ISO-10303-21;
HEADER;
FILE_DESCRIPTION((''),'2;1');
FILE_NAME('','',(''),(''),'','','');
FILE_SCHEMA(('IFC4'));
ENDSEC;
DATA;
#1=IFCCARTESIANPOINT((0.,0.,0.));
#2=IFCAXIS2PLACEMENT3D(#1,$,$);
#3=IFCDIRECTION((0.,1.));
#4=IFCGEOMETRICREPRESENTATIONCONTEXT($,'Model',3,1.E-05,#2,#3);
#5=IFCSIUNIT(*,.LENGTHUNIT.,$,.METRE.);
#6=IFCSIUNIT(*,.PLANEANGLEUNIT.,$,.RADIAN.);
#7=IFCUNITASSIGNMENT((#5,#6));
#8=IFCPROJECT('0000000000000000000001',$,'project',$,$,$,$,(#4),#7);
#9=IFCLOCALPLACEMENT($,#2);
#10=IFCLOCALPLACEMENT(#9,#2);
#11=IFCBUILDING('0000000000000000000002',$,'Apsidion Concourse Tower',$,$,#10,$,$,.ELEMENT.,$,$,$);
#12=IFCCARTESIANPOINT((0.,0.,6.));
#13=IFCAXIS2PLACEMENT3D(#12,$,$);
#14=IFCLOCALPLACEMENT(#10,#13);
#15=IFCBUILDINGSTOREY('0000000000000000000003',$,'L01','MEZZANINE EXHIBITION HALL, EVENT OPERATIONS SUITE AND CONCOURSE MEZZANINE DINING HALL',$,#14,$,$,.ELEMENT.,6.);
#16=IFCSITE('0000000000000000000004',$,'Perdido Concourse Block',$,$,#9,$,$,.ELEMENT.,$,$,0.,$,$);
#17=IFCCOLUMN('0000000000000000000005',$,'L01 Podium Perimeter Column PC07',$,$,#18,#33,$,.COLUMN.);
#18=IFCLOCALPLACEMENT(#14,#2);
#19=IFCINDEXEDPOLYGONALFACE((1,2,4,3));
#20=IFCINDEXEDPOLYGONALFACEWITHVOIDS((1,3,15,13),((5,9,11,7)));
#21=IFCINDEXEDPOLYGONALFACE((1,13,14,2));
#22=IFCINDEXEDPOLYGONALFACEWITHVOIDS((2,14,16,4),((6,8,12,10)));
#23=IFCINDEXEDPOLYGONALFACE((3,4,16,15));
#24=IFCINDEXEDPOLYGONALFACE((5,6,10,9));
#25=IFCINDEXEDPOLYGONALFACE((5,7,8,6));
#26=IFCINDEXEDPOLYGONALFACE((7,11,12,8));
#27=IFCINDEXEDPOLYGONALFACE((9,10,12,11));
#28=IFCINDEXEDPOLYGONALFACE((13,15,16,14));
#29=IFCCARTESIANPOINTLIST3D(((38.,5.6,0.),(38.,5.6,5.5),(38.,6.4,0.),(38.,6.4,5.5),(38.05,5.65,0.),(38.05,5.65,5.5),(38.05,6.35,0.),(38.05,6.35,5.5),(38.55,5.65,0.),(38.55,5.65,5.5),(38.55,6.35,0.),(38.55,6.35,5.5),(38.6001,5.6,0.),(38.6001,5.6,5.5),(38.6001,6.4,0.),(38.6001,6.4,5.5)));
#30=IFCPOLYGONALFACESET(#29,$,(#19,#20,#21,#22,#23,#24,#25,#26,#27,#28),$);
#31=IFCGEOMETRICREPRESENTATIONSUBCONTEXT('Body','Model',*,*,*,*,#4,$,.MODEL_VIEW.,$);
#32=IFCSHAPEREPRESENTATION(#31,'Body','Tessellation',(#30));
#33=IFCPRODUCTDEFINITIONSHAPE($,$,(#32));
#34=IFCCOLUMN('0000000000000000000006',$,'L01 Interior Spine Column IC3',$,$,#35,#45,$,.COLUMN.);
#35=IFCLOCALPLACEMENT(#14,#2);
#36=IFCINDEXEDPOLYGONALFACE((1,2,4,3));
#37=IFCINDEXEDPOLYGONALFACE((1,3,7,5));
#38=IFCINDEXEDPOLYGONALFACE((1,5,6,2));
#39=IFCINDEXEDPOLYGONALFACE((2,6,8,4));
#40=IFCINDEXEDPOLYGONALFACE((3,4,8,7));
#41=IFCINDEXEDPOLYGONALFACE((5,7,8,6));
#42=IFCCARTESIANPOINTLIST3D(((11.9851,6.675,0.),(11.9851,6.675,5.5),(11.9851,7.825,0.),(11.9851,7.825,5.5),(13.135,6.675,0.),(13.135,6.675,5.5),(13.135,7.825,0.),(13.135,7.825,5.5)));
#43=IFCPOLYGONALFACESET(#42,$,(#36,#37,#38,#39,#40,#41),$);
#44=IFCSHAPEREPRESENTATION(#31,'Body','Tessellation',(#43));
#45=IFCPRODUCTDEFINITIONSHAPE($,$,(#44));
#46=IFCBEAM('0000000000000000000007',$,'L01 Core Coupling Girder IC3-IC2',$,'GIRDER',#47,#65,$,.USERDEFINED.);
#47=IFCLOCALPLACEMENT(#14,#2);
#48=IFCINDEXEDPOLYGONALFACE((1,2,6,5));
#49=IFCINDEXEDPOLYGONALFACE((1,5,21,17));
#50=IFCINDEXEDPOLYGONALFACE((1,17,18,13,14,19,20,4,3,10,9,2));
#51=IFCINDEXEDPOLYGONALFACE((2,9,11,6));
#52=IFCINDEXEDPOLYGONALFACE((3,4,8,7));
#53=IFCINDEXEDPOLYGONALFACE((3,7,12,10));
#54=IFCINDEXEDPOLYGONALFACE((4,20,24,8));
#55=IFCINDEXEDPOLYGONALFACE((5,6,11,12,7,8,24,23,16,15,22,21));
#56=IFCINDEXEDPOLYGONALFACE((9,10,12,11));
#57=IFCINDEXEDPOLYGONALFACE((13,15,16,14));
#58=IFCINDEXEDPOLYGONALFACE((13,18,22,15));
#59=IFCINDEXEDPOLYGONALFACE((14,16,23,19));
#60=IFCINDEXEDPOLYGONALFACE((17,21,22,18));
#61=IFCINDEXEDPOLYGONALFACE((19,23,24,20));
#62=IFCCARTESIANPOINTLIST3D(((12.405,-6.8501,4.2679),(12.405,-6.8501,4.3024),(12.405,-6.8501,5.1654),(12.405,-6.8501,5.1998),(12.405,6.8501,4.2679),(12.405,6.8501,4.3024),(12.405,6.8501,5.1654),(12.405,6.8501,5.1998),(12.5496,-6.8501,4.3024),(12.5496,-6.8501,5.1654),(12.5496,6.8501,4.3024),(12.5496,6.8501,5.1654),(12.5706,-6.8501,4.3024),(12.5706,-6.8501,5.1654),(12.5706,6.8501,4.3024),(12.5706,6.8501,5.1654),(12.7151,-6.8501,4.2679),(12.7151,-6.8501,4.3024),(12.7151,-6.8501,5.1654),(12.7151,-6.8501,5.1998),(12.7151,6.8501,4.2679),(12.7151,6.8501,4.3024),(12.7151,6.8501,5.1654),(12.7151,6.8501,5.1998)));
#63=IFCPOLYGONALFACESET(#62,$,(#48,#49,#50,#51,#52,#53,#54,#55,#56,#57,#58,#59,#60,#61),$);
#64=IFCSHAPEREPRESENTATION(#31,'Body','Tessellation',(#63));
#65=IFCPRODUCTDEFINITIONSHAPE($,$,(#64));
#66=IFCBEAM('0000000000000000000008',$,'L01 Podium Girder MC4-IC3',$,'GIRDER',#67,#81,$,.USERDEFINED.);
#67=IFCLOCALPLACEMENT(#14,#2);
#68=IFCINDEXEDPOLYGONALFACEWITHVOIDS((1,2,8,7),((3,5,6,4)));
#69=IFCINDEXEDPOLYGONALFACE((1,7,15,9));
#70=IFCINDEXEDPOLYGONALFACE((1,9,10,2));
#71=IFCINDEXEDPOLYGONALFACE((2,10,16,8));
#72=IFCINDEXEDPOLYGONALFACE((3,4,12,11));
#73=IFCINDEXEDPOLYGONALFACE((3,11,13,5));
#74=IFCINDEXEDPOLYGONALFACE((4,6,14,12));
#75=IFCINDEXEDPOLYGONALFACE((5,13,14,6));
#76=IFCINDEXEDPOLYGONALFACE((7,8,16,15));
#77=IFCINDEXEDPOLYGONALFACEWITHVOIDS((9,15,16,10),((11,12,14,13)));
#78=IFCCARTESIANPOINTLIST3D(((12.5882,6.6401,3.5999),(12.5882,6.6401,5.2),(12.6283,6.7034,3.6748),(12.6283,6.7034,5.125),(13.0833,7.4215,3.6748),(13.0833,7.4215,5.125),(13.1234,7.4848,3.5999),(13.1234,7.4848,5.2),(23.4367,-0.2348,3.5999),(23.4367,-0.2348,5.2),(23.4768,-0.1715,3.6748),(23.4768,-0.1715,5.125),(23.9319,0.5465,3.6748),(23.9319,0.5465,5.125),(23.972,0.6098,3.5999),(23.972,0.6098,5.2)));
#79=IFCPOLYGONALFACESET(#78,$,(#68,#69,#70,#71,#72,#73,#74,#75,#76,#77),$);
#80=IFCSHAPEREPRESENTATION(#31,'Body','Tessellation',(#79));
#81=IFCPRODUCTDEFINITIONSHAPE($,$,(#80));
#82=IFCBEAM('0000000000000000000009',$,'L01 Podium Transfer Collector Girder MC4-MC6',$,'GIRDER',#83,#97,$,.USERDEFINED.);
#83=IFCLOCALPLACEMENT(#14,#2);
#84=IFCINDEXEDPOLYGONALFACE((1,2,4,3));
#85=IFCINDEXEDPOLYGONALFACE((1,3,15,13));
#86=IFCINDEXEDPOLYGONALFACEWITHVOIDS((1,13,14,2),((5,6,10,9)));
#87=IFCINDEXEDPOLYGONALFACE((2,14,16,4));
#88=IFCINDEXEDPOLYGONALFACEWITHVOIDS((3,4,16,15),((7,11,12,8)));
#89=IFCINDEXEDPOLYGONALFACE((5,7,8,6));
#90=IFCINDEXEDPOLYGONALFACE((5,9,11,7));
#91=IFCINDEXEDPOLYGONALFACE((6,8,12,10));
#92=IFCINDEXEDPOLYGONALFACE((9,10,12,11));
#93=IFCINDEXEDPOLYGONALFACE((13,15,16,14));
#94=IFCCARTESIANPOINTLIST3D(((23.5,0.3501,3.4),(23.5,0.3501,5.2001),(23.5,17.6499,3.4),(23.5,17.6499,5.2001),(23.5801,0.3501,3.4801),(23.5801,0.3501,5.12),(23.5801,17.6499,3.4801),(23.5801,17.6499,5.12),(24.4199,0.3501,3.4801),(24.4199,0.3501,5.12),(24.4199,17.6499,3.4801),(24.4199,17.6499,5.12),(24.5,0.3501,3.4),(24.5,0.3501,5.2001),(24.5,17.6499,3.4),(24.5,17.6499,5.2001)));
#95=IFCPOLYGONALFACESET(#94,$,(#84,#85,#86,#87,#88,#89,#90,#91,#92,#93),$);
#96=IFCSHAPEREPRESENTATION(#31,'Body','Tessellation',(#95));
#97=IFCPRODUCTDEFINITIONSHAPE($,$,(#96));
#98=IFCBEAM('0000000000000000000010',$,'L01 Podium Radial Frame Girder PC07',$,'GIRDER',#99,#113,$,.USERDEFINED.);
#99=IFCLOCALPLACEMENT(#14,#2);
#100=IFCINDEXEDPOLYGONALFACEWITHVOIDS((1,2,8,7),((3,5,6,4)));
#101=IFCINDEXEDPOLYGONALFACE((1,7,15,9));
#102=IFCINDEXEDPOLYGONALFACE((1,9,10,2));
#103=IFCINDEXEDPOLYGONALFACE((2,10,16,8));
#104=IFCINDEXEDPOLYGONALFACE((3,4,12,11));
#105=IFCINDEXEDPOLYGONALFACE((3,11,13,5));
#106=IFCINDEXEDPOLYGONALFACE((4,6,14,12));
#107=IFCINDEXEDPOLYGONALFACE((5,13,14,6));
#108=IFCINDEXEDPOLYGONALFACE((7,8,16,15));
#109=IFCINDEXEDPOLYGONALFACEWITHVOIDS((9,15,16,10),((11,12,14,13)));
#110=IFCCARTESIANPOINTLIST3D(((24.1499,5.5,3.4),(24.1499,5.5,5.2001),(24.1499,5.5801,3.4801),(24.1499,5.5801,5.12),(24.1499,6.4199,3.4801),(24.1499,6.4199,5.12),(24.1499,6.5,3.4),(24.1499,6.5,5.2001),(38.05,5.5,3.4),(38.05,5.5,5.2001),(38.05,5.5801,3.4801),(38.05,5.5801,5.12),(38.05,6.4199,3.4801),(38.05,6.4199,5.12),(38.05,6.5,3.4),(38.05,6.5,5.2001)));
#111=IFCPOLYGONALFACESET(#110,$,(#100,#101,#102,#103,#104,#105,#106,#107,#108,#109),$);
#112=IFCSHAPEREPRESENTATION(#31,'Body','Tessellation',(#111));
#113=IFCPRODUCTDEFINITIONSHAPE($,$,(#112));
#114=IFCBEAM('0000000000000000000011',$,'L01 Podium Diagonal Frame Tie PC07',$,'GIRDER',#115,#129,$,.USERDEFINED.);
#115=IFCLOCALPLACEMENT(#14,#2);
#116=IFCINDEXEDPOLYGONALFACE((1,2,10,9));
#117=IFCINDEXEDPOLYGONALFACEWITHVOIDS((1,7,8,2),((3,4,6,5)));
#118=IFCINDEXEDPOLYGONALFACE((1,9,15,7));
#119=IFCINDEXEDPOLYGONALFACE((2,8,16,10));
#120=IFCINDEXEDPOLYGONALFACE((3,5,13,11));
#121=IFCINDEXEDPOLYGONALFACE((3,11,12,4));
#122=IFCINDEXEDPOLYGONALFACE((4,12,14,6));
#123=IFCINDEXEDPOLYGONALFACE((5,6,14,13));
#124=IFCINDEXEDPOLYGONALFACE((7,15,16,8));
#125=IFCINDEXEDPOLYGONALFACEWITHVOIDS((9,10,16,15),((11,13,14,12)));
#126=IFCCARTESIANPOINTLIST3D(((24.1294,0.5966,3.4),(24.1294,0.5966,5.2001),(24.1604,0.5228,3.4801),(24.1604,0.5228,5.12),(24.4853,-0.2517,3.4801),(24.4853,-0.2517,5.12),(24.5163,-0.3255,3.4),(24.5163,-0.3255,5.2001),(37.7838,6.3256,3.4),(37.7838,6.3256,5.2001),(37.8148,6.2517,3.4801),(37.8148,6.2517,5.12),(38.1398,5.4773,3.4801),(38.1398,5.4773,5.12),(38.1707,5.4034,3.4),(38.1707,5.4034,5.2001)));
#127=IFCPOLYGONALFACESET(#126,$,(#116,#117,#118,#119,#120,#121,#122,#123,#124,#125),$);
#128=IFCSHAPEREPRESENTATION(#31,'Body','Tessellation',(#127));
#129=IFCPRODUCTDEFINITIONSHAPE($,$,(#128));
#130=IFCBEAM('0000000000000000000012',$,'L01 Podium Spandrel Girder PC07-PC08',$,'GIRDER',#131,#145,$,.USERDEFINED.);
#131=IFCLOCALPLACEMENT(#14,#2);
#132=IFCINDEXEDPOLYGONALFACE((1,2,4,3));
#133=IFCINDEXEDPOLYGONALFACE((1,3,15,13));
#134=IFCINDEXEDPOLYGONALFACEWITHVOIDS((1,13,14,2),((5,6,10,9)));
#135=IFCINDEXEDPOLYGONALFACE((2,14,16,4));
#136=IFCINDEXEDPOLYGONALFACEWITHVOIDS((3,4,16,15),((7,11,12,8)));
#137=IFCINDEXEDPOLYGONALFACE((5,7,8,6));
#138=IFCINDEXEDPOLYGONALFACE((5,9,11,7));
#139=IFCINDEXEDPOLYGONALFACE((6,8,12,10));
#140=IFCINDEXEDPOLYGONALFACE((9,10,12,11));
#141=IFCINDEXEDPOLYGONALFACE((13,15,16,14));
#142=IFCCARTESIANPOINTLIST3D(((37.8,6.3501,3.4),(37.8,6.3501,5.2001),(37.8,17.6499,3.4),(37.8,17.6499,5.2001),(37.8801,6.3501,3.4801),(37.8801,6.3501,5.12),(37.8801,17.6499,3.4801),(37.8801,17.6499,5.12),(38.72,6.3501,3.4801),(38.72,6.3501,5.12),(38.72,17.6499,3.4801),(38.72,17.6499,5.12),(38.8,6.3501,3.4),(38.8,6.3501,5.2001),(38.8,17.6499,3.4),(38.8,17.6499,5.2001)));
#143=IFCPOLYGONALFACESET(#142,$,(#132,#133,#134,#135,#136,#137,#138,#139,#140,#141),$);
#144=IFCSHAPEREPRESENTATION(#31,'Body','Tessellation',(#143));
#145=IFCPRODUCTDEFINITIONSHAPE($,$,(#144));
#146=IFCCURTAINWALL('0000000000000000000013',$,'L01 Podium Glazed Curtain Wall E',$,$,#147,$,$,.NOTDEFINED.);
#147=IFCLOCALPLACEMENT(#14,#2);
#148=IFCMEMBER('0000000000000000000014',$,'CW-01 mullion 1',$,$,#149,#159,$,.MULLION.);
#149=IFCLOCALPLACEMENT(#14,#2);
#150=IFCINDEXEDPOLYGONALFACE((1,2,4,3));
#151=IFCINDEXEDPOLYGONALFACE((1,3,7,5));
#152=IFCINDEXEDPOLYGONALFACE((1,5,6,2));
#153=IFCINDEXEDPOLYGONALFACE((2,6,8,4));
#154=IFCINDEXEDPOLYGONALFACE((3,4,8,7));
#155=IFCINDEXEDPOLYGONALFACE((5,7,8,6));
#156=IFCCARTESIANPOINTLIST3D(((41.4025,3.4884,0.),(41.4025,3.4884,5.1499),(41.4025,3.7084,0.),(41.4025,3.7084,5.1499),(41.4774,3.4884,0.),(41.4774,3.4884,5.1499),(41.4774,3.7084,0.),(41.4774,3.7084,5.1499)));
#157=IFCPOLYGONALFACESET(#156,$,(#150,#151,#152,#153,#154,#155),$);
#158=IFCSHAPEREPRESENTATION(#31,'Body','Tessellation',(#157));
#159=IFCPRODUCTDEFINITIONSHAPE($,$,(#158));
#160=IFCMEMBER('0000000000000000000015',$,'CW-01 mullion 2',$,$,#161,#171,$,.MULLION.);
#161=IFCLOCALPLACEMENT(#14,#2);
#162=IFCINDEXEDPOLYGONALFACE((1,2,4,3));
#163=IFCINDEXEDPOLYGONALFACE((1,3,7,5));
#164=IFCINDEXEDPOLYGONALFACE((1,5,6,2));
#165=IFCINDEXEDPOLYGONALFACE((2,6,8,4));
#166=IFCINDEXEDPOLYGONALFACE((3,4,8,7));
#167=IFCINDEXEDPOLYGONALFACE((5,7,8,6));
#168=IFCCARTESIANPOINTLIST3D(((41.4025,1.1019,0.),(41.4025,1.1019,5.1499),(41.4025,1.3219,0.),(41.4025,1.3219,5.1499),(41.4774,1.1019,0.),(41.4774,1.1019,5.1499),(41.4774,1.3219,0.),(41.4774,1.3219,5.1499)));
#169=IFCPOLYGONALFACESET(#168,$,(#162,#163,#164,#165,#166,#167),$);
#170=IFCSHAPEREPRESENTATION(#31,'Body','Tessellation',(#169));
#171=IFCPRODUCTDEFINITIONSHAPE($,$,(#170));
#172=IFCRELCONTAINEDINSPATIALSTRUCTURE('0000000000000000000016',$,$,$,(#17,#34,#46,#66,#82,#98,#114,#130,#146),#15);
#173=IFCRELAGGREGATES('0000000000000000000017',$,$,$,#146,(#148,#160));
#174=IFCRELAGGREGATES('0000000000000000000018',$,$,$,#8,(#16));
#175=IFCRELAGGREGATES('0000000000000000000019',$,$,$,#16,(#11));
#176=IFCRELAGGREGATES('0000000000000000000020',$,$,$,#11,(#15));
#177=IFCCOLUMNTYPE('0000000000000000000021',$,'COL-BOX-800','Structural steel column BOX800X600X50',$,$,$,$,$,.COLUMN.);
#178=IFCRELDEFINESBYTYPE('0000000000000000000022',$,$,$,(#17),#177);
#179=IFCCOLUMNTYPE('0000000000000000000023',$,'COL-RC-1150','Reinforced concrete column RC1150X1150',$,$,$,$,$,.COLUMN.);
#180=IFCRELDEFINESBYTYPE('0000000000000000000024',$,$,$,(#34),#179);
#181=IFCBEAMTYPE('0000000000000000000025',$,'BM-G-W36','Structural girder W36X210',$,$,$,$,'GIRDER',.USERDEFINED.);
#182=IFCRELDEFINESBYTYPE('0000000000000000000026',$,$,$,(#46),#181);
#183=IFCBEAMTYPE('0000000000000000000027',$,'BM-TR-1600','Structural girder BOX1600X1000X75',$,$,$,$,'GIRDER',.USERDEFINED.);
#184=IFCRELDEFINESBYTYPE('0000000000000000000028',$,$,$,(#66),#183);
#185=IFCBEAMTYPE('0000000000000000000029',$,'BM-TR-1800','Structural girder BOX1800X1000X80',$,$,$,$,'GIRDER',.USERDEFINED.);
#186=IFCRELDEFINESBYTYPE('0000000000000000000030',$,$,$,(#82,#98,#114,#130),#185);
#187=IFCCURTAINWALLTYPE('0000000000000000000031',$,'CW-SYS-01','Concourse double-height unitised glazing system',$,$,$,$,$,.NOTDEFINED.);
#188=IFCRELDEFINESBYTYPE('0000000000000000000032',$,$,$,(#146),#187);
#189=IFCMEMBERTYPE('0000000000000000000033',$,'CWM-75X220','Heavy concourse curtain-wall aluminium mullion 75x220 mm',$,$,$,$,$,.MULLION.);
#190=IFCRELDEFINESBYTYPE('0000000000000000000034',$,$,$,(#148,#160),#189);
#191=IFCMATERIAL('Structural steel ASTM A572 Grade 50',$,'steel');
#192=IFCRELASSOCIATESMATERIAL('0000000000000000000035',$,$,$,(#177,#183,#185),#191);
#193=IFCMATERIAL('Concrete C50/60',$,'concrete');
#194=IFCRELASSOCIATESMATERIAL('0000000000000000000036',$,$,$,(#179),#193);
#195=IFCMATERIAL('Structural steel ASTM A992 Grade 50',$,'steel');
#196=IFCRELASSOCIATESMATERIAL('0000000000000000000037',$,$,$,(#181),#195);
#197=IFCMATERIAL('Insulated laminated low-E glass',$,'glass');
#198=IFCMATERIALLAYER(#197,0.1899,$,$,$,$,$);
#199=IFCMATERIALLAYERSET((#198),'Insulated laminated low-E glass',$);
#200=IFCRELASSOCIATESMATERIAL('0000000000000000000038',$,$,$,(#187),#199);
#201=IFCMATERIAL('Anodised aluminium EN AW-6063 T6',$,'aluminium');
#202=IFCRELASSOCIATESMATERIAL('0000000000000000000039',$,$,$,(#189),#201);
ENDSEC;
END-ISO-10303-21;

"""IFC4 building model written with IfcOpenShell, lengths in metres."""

from ifc_helpers import new_model, si_unit, direction, frame, origin, origin_2d, place, context, subcontext, project, spatial, rectangle, hollow_rectangle, i_section, extrude, material, layer, layer_set, material_profile, profile_set, type_object, element, aggregate, save


model = new_model("IFC4")

# Units and contexts
model_context = context("Model", 3, precision=1e-05, world=origin(), true_north=direction((0.0, 1.0)))
body_context = subcontext(model_context, "Body", "Model", "MODEL_VIEW")
ifc_project = project(units=[si_unit("LENGTHUNIT", "METRE"), si_unit("PLANEANGLEUNIT", "RADIAN")], contexts=[model_context])

# Site, building, storey
site_placement = place(None, origin())
site = spatial("IfcSite", under=ifc_project, at=site_placement, Name="Perdido Concourse Block", CompositionType="ELEMENT", RefElevation=0.0)
building_placement = place(site_placement, origin())
building = spatial("IfcBuilding", under=site, at=building_placement, Name="Apsidion Concourse Tower", CompositionType="ELEMENT")
storey_placement = place(building_placement, frame((0.0, 0.0, 6.0)))
storey = spatial("IfcBuildingStorey", under=building, at=storey_placement, Name="L01", Description="MEZZANINE EXHIBITION HALL, EVENT OPERATIONS SUITE AND CONCOURSE MEZZANINE DINING HALL", CompositionType="ELEMENT", Elevation=6.0)

# Columns
ifc_material_1 = material(Name="Structural steel ASTM A572 Grade 50", Category="steel")
ifc_material_profile_1 = material_profile(ifc_material_1, hollow_rectangle(XDim=0.6001, YDim=0.8, WallThickness=0.05, at=origin_2d()), Name="BOX800X600X50")
ifc_profile_set_1 = profile_set([ifc_material_profile_1], Name="Structural steel ASTM A572 Grade 50")
column_type_1 = type_object("IfcColumnType", Name="COL-BOX-800", Description="Structural steel column BOX800X600X50", PredefinedType="COLUMN", material=ifc_profile_set_1)
column_1_placement = place(storey_placement, frame((38.3, 6.0, 0.0), z_axis=(0.0, 0.0, 1.0), x_axis=(1.0, 0.0, 0.0)))
element("IfcColumn", 1, at=column_1_placement, inside=storey, type_object=column_type_1, Name="L01 Podium Perimeter Column PC07", PredefinedType="COLUMN", context=body_context, shape_type="SweptSolid", body=[
    extrude(hollow_rectangle(XDim=0.6001, YDim=0.8, WallThickness=0.05, at=origin_2d()), origin(), (0.0, 0.0, 1.0), 5.5),
])
ifc_material_2 = material(Name="Concrete C50/60", Category="concrete")
ifc_material_profile_2 = material_profile(ifc_material_2, rectangle(XDim=1.1499, YDim=1.1499, at=origin_2d()), Name="RC 1150x1150")
ifc_profile_set_2 = profile_set([ifc_material_profile_2], Name="Concrete C50/60")
column_type_2 = type_object("IfcColumnType", Name="COL-RC-1150", Description="Reinforced concrete column RC1150X1150", PredefinedType="COLUMN", material=ifc_profile_set_2)
column_2_placement = place(storey_placement, frame((12.5601, 7.25, 0.0), z_axis=(0.0, 0.0, 1.0), x_axis=(1.0, 0.0, 0.0)))
element("IfcColumn", 2, at=column_2_placement, inside=storey, type_object=column_type_2, Name="L01 Interior Spine Column IC3", PredefinedType="COLUMN", context=body_context, shape_type="SweptSolid", body=[
    extrude(rectangle(XDim=1.1499, YDim=1.1499, at=origin_2d()), origin(), (0.0, 0.0, 1.0), 5.5),
])

# Beams
ifc_material_3 = material(Name="Structural steel ASTM A992 Grade 50", Category="steel")
ifc_material_profile_3 = material_profile(ifc_material_3, i_section(OverallWidth=0.3101, OverallDepth=0.9319, WebThickness=0.021, FlangeThickness=0.0344, at=origin_2d()), Name="W36X210")
ifc_profile_set_3 = profile_set([ifc_material_profile_3], Name="Structural steel ASTM A992 Grade 50")
beam_type_1 = type_object("IfcBeamType", Name="BM-G-W36", Description="Structural girder W36X210", ElementType="GIRDER", PredefinedType="USERDEFINED", material=ifc_profile_set_3)
beam_1_placement = place(storey_placement, frame((12.5601, 6.8501, 4.7339), z_axis=(0.0, -1.0, 0.0), x_axis=(1.0, 0.0, 0.0)))
element("IfcBeam", 3, at=beam_1_placement, inside=storey, type_object=beam_type_1, Name="L01 Core Coupling Girder IC3-IC2", ObjectType="GIRDER", PredefinedType="USERDEFINED", context=body_context, shape_type="SweptSolid", body=[
    extrude(i_section(OverallWidth=0.3101, OverallDepth=0.9319, WebThickness=0.021, FlangeThickness=0.0344, at=origin_2d()), origin(), (0.0, 0.0, 1.0), 13.7002),
])
ifc_material_profile_4 = material_profile(ifc_material_1, hollow_rectangle(XDim=1.0, YDim=1.6001, WallThickness=0.075, at=origin_2d()), Name="BOX1600X1000X75")
ifc_profile_set_4 = profile_set([ifc_material_profile_4], Name="Structural steel ASTM A572 Grade 50")
beam_type_2 = type_object("IfcBeamType", Name="BM-TR-1600", Description="Structural girder BOX1600X1000X75", ElementType="GIRDER", PredefinedType="USERDEFINED", material=ifc_profile_set_4)
beam_2_placement = place(storey_placement, frame((23.7043, 0.1875, 4.3999), z_axis=(-0.844671, 0.535285, 0.0), x_axis=(-0.535285, -0.844671, 0.0)))
element("IfcBeam", 4, at=beam_2_placement, inside=storey, type_object=beam_type_2, Name="L01 Podium Girder MC4-IC3", ObjectType="GIRDER", PredefinedType="USERDEFINED", context=body_context, shape_type="SweptSolid", body=[
    extrude(hollow_rectangle(XDim=1.0, YDim=1.6001, WallThickness=0.075, at=origin_2d()), origin(), (0.0, 0.0, 1.0), 12.8435),
])
ifc_material_profile_5 = material_profile(ifc_material_1, hollow_rectangle(XDim=1.0, YDim=1.8, WallThickness=0.0801, at=origin_2d()), Name="BOX1800X1000X80")
ifc_profile_set_5 = profile_set([ifc_material_profile_5], Name="Structural steel ASTM A572 Grade 50")
beam_type_3 = type_object("IfcBeamType", Name="BM-TR-1800", Description="Structural girder BOX1800X1000X80", ElementType="GIRDER", PredefinedType="USERDEFINED", material=ifc_profile_set_5)
beam_3_placement = place(storey_placement, frame((24.0, 0.3501, 4.3), z_axis=(0.0, 1.0, 0.0), x_axis=(-1.0, 0.0, 0.0)))
element("IfcBeam", 5, at=beam_3_placement, inside=storey, type_object=beam_type_3, Name="L01 Podium Transfer Collector Girder MC4-MC6", ObjectType="GIRDER", PredefinedType="USERDEFINED", context=body_context, shape_type="SweptSolid", body=[
    extrude(hollow_rectangle(XDim=1.0, YDim=1.8, WallThickness=0.0801, at=origin_2d()), origin(), (0.0, 0.0, 1.0), 17.2998),
])
beam_4_placement = place(storey_placement, frame((38.05, 6.0, 4.3), z_axis=(-1.0, 0.0, 0.0), x_axis=(0.0, -1.0, 0.0)))
element("IfcBeam", 6, at=beam_4_placement, inside=storey, type_object=beam_type_3, Name="L01 Podium Radial Frame Girder PC07", ObjectType="GIRDER", PredefinedType="USERDEFINED", context=body_context, shape_type="SweptSolid", body=[
    extrude(hollow_rectangle(XDim=1.0, YDim=1.8, WallThickness=0.0801, at=origin_2d()), origin(), (0.0, 0.0, 1.0), 13.9001),
])
beam_5_placement = place(storey_placement, frame((37.9773, 5.8645, 4.3), z_axis=(-0.922124, -0.386894, 0.0), x_axis=(0.386894, -0.922124, 0.0)))
element("IfcBeam", 7, at=beam_5_placement, inside=storey, type_object=beam_type_3, Name="L01 Podium Diagonal Frame Tie PC07", ObjectType="GIRDER", PredefinedType="USERDEFINED", context=body_context, shape_type="SweptSolid", body=[
    extrude(hollow_rectangle(XDim=1.0, YDim=1.8, WallThickness=0.0801, at=origin_2d()), origin(), (0.0, 0.0, 1.0), 14.8076),
])
beam_6_placement = place(storey_placement, frame((38.3, 6.3501, 4.3), z_axis=(0.0, 1.0, 0.0), x_axis=(-1.0, 0.0, 0.0)))
element("IfcBeam", 8, at=beam_6_placement, inside=storey, type_object=beam_type_3, Name="L01 Podium Spandrel Girder PC07-PC08", ObjectType="GIRDER", PredefinedType="USERDEFINED", context=body_context, shape_type="SweptSolid", body=[
    extrude(hollow_rectangle(XDim=1.0, YDim=1.8, WallThickness=0.0801, at=origin_2d()), origin(), (0.0, 0.0, 1.0), 11.2998),
])

# Curtain wall, members
ifc_material_4 = material(Name="Insulated laminated low-E glass", Category="glass")
ifc_layer_1 = layer(ifc_material_4, 0.1899)
ifc_layer_set_1 = layer_set([ifc_layer_1], Name="Insulated laminated low-E glass")
curtain_wall_type = type_object("IfcCurtainWallType", Name="CW-SYS-01", Description="Concourse double-height unitised glazing system", PredefinedType="NOTDEFINED", material=ifc_layer_set_1)
curtain_wall_placement = place(storey_placement, origin())
curtain_wall = element("IfcCurtainWall", 9, at=curtain_wall_placement, inside=storey, type_object=curtain_wall_type, Name="L01 Podium Glazed Curtain Wall E", PredefinedType="NOTDEFINED")
ifc_material_5 = material(Name="Anodised aluminium EN AW-6063 T6", Category="aluminium")
ifc_material_profile_6 = material_profile(ifc_material_5, rectangle(XDim=0.075, YDim=0.22, at=origin_2d()), Name="ALU MULLION 75x220")
ifc_profile_set_6 = profile_set([ifc_material_profile_6], Name="Anodised aluminium EN AW-6063 T6")
member_type_1 = type_object("IfcMemberType", Name="CWM-75X220", Description="Heavy concourse curtain-wall aluminium mullion 75x220 mm", PredefinedType="MULLION", material=ifc_profile_set_6)
member_1_placement = place(storey_placement, frame((41.4399, 3.5984, 0.0), z_axis=(0.0, 0.0, 1.0), x_axis=(1.0, 0.0, 0.0)))
member_1 = element("IfcMember", 10, at=member_1_placement, type_object=member_type_1, Name="CW-01 mullion 1", PredefinedType="MULLION", context=body_context, shape_type="SweptSolid", body=[
    extrude(rectangle(XDim=0.075, YDim=0.22, at=origin_2d()), origin(), (0.0, 0.0, 1.0), 5.1499),
])
member_2_placement = place(storey_placement, frame((41.4399, 1.2119, 0.0), z_axis=(0.0, 0.0, 1.0), x_axis=(1.0, 0.0, 0.0)))
member_2 = element("IfcMember", 11, at=member_2_placement, type_object=member_type_1, Name="CW-01 mullion 2", PredefinedType="MULLION", context=body_context, shape_type="SweptSolid", body=[
    extrude(rectangle(XDim=0.075, YDim=0.22, at=origin_2d()), origin(), (0.0, 0.0, 1.0), 5.1499),
])
aggregate(curtain_wall, [member_1, member_2])

save(model, "model.ifc")
